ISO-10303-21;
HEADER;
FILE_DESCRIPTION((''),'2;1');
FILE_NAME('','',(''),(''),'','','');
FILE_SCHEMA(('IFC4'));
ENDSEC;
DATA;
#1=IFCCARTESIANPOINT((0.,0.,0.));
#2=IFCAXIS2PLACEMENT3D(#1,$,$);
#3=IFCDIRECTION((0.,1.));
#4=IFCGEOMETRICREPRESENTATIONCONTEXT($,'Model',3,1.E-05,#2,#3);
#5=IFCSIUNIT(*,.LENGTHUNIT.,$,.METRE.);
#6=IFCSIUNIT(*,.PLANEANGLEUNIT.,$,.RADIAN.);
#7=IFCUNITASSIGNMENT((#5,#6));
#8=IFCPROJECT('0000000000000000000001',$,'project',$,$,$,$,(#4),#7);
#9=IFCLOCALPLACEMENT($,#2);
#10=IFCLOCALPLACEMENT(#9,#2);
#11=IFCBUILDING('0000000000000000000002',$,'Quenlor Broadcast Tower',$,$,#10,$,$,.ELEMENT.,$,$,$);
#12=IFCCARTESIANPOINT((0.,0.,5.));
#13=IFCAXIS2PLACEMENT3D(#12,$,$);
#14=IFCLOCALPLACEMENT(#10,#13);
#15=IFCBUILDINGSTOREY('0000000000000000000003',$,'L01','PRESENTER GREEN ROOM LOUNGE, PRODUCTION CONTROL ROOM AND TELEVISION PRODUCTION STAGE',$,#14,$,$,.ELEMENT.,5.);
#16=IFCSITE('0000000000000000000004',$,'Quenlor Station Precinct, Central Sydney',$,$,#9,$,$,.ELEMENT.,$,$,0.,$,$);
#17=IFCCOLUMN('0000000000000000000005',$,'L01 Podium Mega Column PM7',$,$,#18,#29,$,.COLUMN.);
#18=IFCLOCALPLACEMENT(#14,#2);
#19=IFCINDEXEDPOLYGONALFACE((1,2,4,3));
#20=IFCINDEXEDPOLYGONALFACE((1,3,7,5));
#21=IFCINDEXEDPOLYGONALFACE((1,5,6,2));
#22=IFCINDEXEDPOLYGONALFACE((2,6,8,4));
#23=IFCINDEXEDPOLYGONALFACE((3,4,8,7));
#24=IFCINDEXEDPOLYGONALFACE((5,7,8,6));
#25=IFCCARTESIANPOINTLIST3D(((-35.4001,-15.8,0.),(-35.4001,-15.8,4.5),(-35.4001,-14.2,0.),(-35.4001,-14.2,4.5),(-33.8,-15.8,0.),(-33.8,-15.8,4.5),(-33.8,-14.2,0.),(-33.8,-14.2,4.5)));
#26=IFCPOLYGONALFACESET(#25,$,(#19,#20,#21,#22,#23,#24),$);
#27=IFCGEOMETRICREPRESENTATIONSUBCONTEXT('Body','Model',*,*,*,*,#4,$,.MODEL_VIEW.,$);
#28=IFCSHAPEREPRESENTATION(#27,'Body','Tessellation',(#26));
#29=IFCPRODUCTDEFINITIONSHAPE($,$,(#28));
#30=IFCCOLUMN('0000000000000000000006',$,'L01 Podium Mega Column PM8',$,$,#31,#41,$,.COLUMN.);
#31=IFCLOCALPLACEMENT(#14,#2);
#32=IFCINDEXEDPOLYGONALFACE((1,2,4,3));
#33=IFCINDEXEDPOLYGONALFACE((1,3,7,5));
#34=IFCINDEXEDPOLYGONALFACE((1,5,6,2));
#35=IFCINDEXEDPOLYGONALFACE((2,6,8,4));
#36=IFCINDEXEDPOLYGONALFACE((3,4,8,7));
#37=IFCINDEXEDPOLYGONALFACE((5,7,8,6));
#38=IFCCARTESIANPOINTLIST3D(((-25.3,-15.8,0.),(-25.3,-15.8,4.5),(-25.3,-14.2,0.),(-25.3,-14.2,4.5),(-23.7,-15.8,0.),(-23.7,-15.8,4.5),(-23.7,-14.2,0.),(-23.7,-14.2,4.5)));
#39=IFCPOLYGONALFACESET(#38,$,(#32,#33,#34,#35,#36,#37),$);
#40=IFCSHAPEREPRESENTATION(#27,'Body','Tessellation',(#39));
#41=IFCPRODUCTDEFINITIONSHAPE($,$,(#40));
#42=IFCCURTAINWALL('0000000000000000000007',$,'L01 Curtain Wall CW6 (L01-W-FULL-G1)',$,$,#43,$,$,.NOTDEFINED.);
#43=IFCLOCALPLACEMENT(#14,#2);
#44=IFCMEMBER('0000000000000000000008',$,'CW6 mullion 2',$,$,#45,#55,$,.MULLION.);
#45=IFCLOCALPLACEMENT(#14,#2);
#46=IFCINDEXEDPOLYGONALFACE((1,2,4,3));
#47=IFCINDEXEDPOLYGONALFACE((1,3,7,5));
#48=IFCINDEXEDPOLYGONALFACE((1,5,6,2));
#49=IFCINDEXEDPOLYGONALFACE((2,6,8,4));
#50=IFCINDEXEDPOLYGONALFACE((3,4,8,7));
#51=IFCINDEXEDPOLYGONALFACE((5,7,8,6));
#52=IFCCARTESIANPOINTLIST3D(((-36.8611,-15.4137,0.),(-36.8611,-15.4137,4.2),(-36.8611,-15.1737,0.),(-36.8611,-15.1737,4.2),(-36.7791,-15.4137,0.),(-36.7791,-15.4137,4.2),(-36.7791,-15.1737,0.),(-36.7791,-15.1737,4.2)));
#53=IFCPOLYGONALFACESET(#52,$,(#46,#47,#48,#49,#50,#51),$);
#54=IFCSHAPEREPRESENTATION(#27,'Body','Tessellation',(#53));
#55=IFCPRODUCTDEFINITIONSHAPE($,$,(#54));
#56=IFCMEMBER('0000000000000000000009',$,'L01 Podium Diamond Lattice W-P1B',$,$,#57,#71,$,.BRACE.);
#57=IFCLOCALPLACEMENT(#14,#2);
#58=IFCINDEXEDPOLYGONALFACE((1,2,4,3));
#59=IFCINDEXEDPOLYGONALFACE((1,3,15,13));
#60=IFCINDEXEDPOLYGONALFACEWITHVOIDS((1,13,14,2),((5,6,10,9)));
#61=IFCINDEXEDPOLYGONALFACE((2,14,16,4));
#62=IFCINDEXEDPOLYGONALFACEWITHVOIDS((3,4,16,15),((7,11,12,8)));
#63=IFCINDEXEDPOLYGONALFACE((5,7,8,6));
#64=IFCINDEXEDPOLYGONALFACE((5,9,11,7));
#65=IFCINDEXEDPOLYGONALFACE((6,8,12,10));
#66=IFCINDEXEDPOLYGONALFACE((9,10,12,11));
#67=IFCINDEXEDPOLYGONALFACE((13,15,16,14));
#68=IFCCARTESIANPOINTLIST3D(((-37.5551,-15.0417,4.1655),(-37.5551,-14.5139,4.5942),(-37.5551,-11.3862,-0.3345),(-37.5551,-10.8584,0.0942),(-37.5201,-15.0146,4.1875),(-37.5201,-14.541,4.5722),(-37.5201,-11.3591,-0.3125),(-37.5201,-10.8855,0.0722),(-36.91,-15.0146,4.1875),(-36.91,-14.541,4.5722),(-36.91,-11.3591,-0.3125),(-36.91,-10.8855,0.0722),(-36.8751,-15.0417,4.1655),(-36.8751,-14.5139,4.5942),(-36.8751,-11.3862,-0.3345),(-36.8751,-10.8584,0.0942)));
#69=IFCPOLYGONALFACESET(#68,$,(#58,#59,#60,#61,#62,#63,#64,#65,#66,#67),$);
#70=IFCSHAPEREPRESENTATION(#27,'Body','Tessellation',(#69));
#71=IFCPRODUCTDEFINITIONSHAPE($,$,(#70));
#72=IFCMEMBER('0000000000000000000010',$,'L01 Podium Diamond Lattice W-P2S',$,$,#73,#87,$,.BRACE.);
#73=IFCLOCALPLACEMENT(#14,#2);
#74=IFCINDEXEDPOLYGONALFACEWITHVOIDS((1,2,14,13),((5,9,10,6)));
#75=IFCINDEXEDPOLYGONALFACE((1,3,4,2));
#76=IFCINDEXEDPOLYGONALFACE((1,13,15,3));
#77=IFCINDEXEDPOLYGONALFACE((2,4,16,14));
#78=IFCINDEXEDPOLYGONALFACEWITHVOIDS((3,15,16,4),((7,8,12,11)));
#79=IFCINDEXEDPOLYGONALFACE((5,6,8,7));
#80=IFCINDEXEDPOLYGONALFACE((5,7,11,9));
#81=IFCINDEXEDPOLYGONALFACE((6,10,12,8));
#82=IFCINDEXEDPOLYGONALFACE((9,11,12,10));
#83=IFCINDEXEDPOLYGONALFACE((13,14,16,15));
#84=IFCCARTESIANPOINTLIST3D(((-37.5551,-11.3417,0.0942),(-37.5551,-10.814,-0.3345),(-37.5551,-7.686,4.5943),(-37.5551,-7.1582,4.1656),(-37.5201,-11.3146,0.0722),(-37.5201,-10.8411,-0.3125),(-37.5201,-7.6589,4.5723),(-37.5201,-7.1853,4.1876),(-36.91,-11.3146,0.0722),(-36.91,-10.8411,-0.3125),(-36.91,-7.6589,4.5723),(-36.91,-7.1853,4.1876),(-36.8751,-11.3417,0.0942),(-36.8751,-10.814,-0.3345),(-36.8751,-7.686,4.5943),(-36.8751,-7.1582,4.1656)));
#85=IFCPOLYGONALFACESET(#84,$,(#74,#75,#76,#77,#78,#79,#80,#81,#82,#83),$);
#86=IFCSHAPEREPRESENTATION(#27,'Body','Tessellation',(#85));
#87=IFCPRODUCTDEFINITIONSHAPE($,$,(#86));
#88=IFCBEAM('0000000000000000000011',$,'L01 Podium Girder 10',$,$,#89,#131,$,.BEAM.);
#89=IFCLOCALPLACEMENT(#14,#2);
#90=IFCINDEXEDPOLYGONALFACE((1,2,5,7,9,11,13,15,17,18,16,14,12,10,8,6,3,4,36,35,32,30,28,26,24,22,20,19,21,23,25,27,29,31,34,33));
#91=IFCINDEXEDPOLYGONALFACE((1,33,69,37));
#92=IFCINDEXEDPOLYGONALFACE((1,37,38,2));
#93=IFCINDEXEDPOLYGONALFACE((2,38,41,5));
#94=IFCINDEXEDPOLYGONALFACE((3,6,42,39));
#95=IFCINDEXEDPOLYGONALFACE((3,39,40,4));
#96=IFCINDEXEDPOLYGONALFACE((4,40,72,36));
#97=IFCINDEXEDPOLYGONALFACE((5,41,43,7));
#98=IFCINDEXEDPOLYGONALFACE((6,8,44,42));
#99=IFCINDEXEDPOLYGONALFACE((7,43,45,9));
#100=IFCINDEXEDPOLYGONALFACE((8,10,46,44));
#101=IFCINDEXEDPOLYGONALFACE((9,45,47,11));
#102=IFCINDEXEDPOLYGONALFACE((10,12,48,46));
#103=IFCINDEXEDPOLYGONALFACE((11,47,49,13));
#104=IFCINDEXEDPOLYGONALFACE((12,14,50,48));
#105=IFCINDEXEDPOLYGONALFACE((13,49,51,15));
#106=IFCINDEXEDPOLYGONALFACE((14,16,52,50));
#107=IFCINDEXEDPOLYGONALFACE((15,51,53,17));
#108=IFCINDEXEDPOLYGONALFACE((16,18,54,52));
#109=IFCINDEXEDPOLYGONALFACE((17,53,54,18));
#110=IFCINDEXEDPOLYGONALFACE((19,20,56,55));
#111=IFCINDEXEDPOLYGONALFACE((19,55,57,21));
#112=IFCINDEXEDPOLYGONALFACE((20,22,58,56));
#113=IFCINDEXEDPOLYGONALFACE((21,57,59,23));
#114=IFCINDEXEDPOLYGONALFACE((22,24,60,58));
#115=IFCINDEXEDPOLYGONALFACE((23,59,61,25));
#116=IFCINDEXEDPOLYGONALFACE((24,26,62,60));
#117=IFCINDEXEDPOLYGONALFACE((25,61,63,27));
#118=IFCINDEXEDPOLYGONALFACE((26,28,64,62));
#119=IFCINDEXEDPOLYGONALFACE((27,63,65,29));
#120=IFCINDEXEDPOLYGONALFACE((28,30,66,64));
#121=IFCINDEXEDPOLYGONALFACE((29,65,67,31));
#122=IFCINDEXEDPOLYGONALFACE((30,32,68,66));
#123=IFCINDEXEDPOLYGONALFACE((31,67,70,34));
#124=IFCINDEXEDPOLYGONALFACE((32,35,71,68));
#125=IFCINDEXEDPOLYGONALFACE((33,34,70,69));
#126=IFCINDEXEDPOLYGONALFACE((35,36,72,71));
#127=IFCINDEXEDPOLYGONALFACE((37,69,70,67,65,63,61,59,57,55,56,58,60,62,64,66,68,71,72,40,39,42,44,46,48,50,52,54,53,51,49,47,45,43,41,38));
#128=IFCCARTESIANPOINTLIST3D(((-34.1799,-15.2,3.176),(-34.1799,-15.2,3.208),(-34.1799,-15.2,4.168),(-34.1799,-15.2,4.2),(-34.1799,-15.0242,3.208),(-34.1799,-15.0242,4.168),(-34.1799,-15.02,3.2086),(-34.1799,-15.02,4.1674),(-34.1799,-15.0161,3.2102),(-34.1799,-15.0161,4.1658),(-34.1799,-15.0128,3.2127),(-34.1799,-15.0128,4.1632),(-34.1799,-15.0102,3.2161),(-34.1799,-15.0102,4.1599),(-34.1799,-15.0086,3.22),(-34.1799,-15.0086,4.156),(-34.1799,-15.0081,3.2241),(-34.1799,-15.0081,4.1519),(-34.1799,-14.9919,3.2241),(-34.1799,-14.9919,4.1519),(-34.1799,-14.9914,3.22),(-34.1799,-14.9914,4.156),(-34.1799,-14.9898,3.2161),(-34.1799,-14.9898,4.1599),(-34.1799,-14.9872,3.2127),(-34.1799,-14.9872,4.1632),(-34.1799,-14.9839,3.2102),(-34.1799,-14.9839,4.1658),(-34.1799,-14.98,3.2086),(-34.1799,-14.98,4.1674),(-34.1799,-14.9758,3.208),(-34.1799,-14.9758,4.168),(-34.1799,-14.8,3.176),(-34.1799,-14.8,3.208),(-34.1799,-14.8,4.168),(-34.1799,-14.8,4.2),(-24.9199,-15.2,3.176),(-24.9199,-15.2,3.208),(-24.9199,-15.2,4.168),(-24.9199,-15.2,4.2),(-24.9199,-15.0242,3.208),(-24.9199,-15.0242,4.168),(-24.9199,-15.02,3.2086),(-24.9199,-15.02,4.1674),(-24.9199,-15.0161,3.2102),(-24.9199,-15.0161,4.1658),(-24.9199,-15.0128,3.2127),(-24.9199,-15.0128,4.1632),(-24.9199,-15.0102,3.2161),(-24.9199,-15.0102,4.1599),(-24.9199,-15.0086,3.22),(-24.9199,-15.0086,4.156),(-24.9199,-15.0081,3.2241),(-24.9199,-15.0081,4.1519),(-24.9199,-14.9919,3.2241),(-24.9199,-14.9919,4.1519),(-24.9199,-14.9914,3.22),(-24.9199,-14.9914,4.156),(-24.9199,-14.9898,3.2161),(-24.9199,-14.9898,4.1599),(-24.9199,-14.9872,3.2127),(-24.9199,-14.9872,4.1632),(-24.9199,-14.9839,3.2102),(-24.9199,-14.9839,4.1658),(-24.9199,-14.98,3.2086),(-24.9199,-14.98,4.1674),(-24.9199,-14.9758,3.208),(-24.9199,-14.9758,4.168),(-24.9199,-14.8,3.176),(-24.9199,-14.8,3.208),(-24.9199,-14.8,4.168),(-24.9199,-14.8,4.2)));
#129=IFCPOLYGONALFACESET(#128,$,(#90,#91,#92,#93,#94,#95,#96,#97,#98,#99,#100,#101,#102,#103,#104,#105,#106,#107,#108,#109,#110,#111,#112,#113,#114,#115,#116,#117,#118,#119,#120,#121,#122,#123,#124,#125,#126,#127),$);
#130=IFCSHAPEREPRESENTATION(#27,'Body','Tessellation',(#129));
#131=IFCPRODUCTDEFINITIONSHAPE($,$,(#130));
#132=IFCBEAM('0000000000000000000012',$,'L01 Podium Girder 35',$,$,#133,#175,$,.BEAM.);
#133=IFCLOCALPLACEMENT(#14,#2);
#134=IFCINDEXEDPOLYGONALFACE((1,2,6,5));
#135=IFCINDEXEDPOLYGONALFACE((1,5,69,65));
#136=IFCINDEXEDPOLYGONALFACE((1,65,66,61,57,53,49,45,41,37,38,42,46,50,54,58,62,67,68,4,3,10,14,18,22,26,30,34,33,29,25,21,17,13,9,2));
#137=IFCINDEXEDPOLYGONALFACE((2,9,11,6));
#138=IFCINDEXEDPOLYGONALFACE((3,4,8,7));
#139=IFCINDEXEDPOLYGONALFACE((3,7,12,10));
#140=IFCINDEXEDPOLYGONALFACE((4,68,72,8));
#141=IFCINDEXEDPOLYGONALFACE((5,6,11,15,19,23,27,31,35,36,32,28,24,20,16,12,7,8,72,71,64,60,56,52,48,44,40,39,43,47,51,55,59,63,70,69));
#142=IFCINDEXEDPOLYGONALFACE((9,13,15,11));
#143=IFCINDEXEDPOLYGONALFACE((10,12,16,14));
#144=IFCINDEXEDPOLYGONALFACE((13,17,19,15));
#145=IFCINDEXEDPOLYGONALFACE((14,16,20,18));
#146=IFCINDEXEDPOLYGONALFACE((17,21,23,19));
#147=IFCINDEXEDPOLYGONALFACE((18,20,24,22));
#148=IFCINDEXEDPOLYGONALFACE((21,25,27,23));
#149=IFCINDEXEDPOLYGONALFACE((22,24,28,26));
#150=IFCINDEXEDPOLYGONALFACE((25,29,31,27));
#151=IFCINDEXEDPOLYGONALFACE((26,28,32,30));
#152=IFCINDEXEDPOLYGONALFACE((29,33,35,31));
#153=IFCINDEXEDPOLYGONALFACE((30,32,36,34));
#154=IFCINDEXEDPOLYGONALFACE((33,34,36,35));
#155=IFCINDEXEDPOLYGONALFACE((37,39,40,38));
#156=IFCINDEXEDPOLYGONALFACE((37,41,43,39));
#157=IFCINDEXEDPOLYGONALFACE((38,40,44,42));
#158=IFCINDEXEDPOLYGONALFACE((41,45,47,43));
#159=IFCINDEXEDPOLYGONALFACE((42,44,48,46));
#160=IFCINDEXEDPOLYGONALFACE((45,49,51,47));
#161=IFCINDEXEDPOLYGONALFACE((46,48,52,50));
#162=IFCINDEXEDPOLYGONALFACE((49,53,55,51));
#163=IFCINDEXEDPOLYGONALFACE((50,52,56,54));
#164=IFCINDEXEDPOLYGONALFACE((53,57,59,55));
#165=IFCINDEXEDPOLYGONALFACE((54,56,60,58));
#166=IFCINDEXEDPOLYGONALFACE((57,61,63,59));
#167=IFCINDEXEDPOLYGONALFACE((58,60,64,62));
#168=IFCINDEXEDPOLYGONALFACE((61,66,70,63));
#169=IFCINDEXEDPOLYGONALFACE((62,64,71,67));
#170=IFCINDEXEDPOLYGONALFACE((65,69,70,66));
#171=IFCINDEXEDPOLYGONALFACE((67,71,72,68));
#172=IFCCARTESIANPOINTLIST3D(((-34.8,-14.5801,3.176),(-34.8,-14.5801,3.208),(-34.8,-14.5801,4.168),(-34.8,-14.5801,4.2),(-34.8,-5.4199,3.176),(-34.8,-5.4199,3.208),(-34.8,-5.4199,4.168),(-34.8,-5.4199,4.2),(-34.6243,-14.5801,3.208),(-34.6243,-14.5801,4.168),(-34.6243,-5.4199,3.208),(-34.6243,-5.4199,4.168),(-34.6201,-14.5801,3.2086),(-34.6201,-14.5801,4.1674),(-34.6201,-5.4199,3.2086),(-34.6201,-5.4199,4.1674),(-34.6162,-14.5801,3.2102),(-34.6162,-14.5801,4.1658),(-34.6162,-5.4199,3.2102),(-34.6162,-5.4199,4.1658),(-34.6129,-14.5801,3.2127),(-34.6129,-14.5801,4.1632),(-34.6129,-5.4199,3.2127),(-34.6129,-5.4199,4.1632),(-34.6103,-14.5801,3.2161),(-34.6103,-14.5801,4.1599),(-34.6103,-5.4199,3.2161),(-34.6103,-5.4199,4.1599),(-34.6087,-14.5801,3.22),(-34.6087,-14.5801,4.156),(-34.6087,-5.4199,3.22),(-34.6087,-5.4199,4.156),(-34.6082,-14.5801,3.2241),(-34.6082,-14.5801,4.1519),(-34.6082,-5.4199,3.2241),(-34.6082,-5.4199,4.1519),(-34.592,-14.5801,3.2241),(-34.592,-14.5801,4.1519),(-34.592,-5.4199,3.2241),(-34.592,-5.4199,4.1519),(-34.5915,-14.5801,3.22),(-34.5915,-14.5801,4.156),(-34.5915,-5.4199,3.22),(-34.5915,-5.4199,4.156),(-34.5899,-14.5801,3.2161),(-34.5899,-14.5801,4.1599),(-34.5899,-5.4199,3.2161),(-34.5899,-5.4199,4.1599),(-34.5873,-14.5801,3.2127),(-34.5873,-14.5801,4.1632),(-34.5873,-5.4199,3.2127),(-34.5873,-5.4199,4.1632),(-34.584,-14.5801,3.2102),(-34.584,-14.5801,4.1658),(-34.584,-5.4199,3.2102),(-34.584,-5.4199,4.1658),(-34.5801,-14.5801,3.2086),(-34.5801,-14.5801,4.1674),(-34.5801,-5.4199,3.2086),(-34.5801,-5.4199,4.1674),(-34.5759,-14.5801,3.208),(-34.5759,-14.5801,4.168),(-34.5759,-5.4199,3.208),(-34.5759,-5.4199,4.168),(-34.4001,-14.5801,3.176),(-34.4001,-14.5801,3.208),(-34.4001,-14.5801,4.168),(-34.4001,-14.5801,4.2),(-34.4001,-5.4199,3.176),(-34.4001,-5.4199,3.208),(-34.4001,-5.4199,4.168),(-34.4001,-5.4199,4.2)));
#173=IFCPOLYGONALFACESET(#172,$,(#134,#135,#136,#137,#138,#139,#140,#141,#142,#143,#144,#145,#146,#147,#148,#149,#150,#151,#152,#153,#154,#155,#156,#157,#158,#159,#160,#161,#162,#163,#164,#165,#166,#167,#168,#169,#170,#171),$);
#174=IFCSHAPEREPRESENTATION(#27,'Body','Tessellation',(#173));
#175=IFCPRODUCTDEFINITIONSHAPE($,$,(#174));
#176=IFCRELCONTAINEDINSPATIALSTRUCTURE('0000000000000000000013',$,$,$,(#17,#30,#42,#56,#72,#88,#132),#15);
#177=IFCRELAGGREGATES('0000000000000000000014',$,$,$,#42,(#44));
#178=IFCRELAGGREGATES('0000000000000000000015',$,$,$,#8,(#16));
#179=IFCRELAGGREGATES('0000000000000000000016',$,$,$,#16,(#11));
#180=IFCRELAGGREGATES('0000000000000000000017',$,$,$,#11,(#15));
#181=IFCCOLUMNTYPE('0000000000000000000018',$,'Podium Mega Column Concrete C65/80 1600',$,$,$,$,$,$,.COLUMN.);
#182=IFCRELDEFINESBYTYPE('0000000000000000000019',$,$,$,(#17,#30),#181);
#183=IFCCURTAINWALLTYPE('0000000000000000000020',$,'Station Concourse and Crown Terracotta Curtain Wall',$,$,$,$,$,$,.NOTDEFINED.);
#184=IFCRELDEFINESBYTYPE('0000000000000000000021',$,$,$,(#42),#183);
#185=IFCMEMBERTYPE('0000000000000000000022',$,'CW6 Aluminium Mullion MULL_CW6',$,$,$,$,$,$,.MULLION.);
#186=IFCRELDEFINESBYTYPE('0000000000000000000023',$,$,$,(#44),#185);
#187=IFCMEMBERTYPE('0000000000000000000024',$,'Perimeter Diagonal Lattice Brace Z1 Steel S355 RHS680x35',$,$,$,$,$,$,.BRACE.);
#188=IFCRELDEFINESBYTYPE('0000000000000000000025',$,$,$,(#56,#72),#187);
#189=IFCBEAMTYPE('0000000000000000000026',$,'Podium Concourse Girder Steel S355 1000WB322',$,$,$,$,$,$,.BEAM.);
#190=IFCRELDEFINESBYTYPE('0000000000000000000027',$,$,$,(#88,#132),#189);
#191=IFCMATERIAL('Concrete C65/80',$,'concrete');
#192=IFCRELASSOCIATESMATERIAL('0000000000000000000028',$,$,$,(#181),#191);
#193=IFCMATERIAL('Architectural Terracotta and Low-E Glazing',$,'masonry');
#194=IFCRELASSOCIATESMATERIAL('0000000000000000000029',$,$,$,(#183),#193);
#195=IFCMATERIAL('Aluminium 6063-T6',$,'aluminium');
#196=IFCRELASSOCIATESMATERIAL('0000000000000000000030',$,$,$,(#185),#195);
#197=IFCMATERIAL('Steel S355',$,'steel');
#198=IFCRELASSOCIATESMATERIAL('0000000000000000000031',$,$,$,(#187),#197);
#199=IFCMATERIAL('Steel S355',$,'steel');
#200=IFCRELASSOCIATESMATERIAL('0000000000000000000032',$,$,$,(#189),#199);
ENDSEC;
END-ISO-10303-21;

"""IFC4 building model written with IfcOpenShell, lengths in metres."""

from ifc_helpers import new_model, si_unit, direction, frame, origin, origin_2d, place, context, subcontext, project, spatial, rectangle, hollow_rectangle, i_section, extrude, material, material_profile, profile_set, type_object, element, aggregate, save


model = new_model("IFC4")

# Units and contexts
model_context = context("Model", 3, precision=1e-05, world=origin(), true_north=direction((0.0, 1.0)))
body_context = subcontext(model_context, "Body", "Model", "MODEL_VIEW")
ifc_project = project(units=[si_unit("LENGTHUNIT", "METRE"), si_unit("PLANEANGLEUNIT", "RADIAN")], contexts=[model_context])

# Site, building, storey
site_placement = place(None, origin())
site = spatial("IfcSite", under=ifc_project, at=site_placement, Name="Quenlor Station Precinct, Central Sydney", CompositionType="ELEMENT", RefElevation=0.0)
building_placement = place(site_placement, origin())
building = spatial("IfcBuilding", under=site, at=building_placement, Name="Quenlor Broadcast Tower", CompositionType="ELEMENT")
storey_placement = place(building_placement, frame((0.0, 0.0, 5.0)))
storey = spatial("IfcBuildingStorey", under=building, at=storey_placement, Name="L01", Description="PRESENTER GREEN ROOM LOUNGE, PRODUCTION CONTROL ROOM AND TELEVISION PRODUCTION STAGE", CompositionType="ELEMENT", Elevation=5.0)

# Columns
ifc_material_1 = material(Name="Concrete C65/80", Category="concrete")
ifc_material_profile_1 = material_profile(ifc_material_1, rectangle(XDim=1.6001, YDim=1.6001, at=origin_2d()))
ifc_profile_set_1 = profile_set([ifc_material_profile_1], Name="Concrete C65/80 RC1600x1600")
column_type = type_object("IfcColumnType", Name="Podium Mega Column Concrete C65/80 1600", PredefinedType="COLUMN", material=ifc_profile_set_1)
for number, where, z_axis, x_axis, name in (
    (1, (-34.6001, -15.0, 0.0), (0.0, 0.0, 1.0), (1.0, 0.0, 0.0), "L01 Podium Mega Column PM7"),
    (2, (-24.5, -15.0, 0.0), (0.0, 0.0, 1.0), (1.0, 0.0, 0.0), "L01 Podium Mega Column PM8"),
):
    element("IfcColumn", number, at=place(storey_placement, frame(where, z_axis=z_axis, x_axis=x_axis)), inside=storey, type_object=column_type, Name=name, PredefinedType="COLUMN", context=body_context, shape_type="SweptSolid", body=[
        extrude(rectangle(XDim=1.6001, YDim=1.6001, at=origin_2d()), origin(), (0.0, 0.0, 1.0), 4.5),
    ])

# Curtain wall, member
ifc_material_2 = material(Name="Architectural Terracotta and Low-E Glazing", Category="masonry")
curtain_wall_type = type_object("IfcCurtainWallType", Name="Station Concourse and Crown Terracotta Curtain Wall", PredefinedType="NOTDEFINED", material=ifc_material_2)
curtain_wall_placement = place(storey_placement, origin())
curtain_wall = element("IfcCurtainWall", 3, at=curtain_wall_placement, inside=storey, type_object=curtain_wall_type, Name="L01 Curtain Wall CW6 (L01-W-FULL-G1)", PredefinedType="NOTDEFINED")
ifc_material_3 = material(Name="Aluminium 6063-T6", Category="aluminium")
ifc_material_profile_2 = material_profile(ifc_material_3, rectangle(XDim=0.082, YDim=0.24, at=origin_2d()))
ifc_profile_set_2 = profile_set([ifc_material_profile_2], Name="Aluminium 6063-T6 MULL82x240")
member_type_1 = type_object("IfcMemberType", Name="CW6 Aluminium Mullion MULL_CW6", PredefinedType="MULLION", material=ifc_profile_set_2)
member_1_placement = place(storey_placement, frame((-36.8201, -15.2937, 0.0), z_axis=(0.0, 0.0, 1.0), x_axis=(-1.0, 0.0, 0.0)))
member_1 = element("IfcMember", 4, at=member_1_placement, type_object=member_type_1, Name="CW6 mullion 2", PredefinedType="MULLION", context=body_context, shape_type="SweptSolid", body=[
    extrude(rectangle(XDim=0.082, YDim=0.24, at=origin_2d()), origin(), (0.0, 0.0, 1.0), 4.2),
])

# Members
ifc_material_4 = material(Name="Steel S355", Category="steel")
ifc_material_profile_3 = material_profile(ifc_material_4, hollow_rectangle(XDim=0.6799, YDim=0.6799, WallThickness=0.0349, at=origin_2d()))
ifc_profile_set_3 = profile_set([ifc_material_profile_3], Name="Steel S355 RHS680x680x35")
member_type_2 = type_object("IfcMemberType", Name="Perimeter Diagonal Lattice Brace Z1 Steel S355 RHS680x35", PredefinedType="BRACE", material=ifc_profile_set_3)
member_2_placement = place(storey_placement, frame((-37.2151, -11.1223, -0.1201), z_axis=(0.0, -0.630517, 0.776176), x_axis=(1.0, 0.0, 0.0)))
element("IfcMember", 5, at=member_2_placement, inside=storey, type_object=member_type_2, Name="L01 Podium Diamond Lattice W-P1B", PredefinedType="BRACE", context=body_context, shape_type="SweptSolid", body=[
    extrude(hollow_rectangle(XDim=0.6799, YDim=0.6799, WallThickness=0.0349, at=origin_2d()), origin(), (0.0, 0.0, 1.0), 5.7976),
])
member_3_placement = place(storey_placement, frame((-37.2151, -11.0779, -0.1201), z_axis=(0.0, 0.630542, 0.776155), x_axis=(-1.0, 0.0, 0.0)))
element("IfcMember", 6, at=member_3_placement, inside=storey, type_object=member_type_2, Name="L01 Podium Diamond Lattice W-P2S", PredefinedType="BRACE", context=body_context, shape_type="SweptSolid", body=[
    extrude(hollow_rectangle(XDim=0.6799, YDim=0.6799, WallThickness=0.0349, at=origin_2d()), origin(), (0.0, 0.0, 1.0), 5.7979),
])

# Beams
ifc_material_5 = material(Name="Steel S355", Category="steel")
ifc_material_profile_4 = material_profile(ifc_material_5, i_section(OverallWidth=0.3999, OverallDepth=1.0239, WebThickness=0.0161, FlangeThickness=0.032, FilletRadius=0.0161, at=origin_2d()))
ifc_profile_set_4 = profile_set([ifc_material_profile_4], Name="Steel S355 1000WB322")
beam_type_1 = type_object("IfcBeamType", Name="Podium Concourse Girder Steel S355 1000WB322", PredefinedType="BEAM", material=ifc_profile_set_4)
beam_placement = place(storey_placement, frame((-34.1799, -15.0, 3.688), z_axis=(1.0, 0.0, 0.0), x_axis=(0.0, 1.0, 0.0)))
element("IfcBeam", 7, at=beam_placement, inside=storey, type_object=beam_type_1, Name="L01 Podium Girder 10", PredefinedType="BEAM", context=body_context, shape_type="SweptSolid", body=[
    extrude(i_section(OverallWidth=0.3999, OverallDepth=1.0239, WebThickness=0.0161, FlangeThickness=0.032, FilletRadius=0.0161, at=origin_2d()), origin(), (0.0, 0.0, 1.0), 9.26),
])
for number, where, z_axis, x_axis, name in (
    (8, (-34.6001, -14.5801, 3.688), (0.0, 1.0, 0.0), (-1.0, 0.0, 0.0), "L01 Podium Girder 35"),
):
    element("IfcBeam", number, at=place(storey_placement, frame(where, z_axis=z_axis, x_axis=x_axis)), inside=storey, type_object=beam_type_1, Name=name, PredefinedType="BEAM", context=body_context, shape_type="SweptSolid", body=[
        extrude(i_section(OverallWidth=0.3999, OverallDepth=1.0239, WebThickness=0.0161, FlangeThickness=0.032, FilletRadius=0.0161, at=origin_2d()), origin(), (0.0, 0.0, 1.0), 9.1602),
    ])

aggregate(curtain_wall, [member_1])

save(model, "model.ifc")
